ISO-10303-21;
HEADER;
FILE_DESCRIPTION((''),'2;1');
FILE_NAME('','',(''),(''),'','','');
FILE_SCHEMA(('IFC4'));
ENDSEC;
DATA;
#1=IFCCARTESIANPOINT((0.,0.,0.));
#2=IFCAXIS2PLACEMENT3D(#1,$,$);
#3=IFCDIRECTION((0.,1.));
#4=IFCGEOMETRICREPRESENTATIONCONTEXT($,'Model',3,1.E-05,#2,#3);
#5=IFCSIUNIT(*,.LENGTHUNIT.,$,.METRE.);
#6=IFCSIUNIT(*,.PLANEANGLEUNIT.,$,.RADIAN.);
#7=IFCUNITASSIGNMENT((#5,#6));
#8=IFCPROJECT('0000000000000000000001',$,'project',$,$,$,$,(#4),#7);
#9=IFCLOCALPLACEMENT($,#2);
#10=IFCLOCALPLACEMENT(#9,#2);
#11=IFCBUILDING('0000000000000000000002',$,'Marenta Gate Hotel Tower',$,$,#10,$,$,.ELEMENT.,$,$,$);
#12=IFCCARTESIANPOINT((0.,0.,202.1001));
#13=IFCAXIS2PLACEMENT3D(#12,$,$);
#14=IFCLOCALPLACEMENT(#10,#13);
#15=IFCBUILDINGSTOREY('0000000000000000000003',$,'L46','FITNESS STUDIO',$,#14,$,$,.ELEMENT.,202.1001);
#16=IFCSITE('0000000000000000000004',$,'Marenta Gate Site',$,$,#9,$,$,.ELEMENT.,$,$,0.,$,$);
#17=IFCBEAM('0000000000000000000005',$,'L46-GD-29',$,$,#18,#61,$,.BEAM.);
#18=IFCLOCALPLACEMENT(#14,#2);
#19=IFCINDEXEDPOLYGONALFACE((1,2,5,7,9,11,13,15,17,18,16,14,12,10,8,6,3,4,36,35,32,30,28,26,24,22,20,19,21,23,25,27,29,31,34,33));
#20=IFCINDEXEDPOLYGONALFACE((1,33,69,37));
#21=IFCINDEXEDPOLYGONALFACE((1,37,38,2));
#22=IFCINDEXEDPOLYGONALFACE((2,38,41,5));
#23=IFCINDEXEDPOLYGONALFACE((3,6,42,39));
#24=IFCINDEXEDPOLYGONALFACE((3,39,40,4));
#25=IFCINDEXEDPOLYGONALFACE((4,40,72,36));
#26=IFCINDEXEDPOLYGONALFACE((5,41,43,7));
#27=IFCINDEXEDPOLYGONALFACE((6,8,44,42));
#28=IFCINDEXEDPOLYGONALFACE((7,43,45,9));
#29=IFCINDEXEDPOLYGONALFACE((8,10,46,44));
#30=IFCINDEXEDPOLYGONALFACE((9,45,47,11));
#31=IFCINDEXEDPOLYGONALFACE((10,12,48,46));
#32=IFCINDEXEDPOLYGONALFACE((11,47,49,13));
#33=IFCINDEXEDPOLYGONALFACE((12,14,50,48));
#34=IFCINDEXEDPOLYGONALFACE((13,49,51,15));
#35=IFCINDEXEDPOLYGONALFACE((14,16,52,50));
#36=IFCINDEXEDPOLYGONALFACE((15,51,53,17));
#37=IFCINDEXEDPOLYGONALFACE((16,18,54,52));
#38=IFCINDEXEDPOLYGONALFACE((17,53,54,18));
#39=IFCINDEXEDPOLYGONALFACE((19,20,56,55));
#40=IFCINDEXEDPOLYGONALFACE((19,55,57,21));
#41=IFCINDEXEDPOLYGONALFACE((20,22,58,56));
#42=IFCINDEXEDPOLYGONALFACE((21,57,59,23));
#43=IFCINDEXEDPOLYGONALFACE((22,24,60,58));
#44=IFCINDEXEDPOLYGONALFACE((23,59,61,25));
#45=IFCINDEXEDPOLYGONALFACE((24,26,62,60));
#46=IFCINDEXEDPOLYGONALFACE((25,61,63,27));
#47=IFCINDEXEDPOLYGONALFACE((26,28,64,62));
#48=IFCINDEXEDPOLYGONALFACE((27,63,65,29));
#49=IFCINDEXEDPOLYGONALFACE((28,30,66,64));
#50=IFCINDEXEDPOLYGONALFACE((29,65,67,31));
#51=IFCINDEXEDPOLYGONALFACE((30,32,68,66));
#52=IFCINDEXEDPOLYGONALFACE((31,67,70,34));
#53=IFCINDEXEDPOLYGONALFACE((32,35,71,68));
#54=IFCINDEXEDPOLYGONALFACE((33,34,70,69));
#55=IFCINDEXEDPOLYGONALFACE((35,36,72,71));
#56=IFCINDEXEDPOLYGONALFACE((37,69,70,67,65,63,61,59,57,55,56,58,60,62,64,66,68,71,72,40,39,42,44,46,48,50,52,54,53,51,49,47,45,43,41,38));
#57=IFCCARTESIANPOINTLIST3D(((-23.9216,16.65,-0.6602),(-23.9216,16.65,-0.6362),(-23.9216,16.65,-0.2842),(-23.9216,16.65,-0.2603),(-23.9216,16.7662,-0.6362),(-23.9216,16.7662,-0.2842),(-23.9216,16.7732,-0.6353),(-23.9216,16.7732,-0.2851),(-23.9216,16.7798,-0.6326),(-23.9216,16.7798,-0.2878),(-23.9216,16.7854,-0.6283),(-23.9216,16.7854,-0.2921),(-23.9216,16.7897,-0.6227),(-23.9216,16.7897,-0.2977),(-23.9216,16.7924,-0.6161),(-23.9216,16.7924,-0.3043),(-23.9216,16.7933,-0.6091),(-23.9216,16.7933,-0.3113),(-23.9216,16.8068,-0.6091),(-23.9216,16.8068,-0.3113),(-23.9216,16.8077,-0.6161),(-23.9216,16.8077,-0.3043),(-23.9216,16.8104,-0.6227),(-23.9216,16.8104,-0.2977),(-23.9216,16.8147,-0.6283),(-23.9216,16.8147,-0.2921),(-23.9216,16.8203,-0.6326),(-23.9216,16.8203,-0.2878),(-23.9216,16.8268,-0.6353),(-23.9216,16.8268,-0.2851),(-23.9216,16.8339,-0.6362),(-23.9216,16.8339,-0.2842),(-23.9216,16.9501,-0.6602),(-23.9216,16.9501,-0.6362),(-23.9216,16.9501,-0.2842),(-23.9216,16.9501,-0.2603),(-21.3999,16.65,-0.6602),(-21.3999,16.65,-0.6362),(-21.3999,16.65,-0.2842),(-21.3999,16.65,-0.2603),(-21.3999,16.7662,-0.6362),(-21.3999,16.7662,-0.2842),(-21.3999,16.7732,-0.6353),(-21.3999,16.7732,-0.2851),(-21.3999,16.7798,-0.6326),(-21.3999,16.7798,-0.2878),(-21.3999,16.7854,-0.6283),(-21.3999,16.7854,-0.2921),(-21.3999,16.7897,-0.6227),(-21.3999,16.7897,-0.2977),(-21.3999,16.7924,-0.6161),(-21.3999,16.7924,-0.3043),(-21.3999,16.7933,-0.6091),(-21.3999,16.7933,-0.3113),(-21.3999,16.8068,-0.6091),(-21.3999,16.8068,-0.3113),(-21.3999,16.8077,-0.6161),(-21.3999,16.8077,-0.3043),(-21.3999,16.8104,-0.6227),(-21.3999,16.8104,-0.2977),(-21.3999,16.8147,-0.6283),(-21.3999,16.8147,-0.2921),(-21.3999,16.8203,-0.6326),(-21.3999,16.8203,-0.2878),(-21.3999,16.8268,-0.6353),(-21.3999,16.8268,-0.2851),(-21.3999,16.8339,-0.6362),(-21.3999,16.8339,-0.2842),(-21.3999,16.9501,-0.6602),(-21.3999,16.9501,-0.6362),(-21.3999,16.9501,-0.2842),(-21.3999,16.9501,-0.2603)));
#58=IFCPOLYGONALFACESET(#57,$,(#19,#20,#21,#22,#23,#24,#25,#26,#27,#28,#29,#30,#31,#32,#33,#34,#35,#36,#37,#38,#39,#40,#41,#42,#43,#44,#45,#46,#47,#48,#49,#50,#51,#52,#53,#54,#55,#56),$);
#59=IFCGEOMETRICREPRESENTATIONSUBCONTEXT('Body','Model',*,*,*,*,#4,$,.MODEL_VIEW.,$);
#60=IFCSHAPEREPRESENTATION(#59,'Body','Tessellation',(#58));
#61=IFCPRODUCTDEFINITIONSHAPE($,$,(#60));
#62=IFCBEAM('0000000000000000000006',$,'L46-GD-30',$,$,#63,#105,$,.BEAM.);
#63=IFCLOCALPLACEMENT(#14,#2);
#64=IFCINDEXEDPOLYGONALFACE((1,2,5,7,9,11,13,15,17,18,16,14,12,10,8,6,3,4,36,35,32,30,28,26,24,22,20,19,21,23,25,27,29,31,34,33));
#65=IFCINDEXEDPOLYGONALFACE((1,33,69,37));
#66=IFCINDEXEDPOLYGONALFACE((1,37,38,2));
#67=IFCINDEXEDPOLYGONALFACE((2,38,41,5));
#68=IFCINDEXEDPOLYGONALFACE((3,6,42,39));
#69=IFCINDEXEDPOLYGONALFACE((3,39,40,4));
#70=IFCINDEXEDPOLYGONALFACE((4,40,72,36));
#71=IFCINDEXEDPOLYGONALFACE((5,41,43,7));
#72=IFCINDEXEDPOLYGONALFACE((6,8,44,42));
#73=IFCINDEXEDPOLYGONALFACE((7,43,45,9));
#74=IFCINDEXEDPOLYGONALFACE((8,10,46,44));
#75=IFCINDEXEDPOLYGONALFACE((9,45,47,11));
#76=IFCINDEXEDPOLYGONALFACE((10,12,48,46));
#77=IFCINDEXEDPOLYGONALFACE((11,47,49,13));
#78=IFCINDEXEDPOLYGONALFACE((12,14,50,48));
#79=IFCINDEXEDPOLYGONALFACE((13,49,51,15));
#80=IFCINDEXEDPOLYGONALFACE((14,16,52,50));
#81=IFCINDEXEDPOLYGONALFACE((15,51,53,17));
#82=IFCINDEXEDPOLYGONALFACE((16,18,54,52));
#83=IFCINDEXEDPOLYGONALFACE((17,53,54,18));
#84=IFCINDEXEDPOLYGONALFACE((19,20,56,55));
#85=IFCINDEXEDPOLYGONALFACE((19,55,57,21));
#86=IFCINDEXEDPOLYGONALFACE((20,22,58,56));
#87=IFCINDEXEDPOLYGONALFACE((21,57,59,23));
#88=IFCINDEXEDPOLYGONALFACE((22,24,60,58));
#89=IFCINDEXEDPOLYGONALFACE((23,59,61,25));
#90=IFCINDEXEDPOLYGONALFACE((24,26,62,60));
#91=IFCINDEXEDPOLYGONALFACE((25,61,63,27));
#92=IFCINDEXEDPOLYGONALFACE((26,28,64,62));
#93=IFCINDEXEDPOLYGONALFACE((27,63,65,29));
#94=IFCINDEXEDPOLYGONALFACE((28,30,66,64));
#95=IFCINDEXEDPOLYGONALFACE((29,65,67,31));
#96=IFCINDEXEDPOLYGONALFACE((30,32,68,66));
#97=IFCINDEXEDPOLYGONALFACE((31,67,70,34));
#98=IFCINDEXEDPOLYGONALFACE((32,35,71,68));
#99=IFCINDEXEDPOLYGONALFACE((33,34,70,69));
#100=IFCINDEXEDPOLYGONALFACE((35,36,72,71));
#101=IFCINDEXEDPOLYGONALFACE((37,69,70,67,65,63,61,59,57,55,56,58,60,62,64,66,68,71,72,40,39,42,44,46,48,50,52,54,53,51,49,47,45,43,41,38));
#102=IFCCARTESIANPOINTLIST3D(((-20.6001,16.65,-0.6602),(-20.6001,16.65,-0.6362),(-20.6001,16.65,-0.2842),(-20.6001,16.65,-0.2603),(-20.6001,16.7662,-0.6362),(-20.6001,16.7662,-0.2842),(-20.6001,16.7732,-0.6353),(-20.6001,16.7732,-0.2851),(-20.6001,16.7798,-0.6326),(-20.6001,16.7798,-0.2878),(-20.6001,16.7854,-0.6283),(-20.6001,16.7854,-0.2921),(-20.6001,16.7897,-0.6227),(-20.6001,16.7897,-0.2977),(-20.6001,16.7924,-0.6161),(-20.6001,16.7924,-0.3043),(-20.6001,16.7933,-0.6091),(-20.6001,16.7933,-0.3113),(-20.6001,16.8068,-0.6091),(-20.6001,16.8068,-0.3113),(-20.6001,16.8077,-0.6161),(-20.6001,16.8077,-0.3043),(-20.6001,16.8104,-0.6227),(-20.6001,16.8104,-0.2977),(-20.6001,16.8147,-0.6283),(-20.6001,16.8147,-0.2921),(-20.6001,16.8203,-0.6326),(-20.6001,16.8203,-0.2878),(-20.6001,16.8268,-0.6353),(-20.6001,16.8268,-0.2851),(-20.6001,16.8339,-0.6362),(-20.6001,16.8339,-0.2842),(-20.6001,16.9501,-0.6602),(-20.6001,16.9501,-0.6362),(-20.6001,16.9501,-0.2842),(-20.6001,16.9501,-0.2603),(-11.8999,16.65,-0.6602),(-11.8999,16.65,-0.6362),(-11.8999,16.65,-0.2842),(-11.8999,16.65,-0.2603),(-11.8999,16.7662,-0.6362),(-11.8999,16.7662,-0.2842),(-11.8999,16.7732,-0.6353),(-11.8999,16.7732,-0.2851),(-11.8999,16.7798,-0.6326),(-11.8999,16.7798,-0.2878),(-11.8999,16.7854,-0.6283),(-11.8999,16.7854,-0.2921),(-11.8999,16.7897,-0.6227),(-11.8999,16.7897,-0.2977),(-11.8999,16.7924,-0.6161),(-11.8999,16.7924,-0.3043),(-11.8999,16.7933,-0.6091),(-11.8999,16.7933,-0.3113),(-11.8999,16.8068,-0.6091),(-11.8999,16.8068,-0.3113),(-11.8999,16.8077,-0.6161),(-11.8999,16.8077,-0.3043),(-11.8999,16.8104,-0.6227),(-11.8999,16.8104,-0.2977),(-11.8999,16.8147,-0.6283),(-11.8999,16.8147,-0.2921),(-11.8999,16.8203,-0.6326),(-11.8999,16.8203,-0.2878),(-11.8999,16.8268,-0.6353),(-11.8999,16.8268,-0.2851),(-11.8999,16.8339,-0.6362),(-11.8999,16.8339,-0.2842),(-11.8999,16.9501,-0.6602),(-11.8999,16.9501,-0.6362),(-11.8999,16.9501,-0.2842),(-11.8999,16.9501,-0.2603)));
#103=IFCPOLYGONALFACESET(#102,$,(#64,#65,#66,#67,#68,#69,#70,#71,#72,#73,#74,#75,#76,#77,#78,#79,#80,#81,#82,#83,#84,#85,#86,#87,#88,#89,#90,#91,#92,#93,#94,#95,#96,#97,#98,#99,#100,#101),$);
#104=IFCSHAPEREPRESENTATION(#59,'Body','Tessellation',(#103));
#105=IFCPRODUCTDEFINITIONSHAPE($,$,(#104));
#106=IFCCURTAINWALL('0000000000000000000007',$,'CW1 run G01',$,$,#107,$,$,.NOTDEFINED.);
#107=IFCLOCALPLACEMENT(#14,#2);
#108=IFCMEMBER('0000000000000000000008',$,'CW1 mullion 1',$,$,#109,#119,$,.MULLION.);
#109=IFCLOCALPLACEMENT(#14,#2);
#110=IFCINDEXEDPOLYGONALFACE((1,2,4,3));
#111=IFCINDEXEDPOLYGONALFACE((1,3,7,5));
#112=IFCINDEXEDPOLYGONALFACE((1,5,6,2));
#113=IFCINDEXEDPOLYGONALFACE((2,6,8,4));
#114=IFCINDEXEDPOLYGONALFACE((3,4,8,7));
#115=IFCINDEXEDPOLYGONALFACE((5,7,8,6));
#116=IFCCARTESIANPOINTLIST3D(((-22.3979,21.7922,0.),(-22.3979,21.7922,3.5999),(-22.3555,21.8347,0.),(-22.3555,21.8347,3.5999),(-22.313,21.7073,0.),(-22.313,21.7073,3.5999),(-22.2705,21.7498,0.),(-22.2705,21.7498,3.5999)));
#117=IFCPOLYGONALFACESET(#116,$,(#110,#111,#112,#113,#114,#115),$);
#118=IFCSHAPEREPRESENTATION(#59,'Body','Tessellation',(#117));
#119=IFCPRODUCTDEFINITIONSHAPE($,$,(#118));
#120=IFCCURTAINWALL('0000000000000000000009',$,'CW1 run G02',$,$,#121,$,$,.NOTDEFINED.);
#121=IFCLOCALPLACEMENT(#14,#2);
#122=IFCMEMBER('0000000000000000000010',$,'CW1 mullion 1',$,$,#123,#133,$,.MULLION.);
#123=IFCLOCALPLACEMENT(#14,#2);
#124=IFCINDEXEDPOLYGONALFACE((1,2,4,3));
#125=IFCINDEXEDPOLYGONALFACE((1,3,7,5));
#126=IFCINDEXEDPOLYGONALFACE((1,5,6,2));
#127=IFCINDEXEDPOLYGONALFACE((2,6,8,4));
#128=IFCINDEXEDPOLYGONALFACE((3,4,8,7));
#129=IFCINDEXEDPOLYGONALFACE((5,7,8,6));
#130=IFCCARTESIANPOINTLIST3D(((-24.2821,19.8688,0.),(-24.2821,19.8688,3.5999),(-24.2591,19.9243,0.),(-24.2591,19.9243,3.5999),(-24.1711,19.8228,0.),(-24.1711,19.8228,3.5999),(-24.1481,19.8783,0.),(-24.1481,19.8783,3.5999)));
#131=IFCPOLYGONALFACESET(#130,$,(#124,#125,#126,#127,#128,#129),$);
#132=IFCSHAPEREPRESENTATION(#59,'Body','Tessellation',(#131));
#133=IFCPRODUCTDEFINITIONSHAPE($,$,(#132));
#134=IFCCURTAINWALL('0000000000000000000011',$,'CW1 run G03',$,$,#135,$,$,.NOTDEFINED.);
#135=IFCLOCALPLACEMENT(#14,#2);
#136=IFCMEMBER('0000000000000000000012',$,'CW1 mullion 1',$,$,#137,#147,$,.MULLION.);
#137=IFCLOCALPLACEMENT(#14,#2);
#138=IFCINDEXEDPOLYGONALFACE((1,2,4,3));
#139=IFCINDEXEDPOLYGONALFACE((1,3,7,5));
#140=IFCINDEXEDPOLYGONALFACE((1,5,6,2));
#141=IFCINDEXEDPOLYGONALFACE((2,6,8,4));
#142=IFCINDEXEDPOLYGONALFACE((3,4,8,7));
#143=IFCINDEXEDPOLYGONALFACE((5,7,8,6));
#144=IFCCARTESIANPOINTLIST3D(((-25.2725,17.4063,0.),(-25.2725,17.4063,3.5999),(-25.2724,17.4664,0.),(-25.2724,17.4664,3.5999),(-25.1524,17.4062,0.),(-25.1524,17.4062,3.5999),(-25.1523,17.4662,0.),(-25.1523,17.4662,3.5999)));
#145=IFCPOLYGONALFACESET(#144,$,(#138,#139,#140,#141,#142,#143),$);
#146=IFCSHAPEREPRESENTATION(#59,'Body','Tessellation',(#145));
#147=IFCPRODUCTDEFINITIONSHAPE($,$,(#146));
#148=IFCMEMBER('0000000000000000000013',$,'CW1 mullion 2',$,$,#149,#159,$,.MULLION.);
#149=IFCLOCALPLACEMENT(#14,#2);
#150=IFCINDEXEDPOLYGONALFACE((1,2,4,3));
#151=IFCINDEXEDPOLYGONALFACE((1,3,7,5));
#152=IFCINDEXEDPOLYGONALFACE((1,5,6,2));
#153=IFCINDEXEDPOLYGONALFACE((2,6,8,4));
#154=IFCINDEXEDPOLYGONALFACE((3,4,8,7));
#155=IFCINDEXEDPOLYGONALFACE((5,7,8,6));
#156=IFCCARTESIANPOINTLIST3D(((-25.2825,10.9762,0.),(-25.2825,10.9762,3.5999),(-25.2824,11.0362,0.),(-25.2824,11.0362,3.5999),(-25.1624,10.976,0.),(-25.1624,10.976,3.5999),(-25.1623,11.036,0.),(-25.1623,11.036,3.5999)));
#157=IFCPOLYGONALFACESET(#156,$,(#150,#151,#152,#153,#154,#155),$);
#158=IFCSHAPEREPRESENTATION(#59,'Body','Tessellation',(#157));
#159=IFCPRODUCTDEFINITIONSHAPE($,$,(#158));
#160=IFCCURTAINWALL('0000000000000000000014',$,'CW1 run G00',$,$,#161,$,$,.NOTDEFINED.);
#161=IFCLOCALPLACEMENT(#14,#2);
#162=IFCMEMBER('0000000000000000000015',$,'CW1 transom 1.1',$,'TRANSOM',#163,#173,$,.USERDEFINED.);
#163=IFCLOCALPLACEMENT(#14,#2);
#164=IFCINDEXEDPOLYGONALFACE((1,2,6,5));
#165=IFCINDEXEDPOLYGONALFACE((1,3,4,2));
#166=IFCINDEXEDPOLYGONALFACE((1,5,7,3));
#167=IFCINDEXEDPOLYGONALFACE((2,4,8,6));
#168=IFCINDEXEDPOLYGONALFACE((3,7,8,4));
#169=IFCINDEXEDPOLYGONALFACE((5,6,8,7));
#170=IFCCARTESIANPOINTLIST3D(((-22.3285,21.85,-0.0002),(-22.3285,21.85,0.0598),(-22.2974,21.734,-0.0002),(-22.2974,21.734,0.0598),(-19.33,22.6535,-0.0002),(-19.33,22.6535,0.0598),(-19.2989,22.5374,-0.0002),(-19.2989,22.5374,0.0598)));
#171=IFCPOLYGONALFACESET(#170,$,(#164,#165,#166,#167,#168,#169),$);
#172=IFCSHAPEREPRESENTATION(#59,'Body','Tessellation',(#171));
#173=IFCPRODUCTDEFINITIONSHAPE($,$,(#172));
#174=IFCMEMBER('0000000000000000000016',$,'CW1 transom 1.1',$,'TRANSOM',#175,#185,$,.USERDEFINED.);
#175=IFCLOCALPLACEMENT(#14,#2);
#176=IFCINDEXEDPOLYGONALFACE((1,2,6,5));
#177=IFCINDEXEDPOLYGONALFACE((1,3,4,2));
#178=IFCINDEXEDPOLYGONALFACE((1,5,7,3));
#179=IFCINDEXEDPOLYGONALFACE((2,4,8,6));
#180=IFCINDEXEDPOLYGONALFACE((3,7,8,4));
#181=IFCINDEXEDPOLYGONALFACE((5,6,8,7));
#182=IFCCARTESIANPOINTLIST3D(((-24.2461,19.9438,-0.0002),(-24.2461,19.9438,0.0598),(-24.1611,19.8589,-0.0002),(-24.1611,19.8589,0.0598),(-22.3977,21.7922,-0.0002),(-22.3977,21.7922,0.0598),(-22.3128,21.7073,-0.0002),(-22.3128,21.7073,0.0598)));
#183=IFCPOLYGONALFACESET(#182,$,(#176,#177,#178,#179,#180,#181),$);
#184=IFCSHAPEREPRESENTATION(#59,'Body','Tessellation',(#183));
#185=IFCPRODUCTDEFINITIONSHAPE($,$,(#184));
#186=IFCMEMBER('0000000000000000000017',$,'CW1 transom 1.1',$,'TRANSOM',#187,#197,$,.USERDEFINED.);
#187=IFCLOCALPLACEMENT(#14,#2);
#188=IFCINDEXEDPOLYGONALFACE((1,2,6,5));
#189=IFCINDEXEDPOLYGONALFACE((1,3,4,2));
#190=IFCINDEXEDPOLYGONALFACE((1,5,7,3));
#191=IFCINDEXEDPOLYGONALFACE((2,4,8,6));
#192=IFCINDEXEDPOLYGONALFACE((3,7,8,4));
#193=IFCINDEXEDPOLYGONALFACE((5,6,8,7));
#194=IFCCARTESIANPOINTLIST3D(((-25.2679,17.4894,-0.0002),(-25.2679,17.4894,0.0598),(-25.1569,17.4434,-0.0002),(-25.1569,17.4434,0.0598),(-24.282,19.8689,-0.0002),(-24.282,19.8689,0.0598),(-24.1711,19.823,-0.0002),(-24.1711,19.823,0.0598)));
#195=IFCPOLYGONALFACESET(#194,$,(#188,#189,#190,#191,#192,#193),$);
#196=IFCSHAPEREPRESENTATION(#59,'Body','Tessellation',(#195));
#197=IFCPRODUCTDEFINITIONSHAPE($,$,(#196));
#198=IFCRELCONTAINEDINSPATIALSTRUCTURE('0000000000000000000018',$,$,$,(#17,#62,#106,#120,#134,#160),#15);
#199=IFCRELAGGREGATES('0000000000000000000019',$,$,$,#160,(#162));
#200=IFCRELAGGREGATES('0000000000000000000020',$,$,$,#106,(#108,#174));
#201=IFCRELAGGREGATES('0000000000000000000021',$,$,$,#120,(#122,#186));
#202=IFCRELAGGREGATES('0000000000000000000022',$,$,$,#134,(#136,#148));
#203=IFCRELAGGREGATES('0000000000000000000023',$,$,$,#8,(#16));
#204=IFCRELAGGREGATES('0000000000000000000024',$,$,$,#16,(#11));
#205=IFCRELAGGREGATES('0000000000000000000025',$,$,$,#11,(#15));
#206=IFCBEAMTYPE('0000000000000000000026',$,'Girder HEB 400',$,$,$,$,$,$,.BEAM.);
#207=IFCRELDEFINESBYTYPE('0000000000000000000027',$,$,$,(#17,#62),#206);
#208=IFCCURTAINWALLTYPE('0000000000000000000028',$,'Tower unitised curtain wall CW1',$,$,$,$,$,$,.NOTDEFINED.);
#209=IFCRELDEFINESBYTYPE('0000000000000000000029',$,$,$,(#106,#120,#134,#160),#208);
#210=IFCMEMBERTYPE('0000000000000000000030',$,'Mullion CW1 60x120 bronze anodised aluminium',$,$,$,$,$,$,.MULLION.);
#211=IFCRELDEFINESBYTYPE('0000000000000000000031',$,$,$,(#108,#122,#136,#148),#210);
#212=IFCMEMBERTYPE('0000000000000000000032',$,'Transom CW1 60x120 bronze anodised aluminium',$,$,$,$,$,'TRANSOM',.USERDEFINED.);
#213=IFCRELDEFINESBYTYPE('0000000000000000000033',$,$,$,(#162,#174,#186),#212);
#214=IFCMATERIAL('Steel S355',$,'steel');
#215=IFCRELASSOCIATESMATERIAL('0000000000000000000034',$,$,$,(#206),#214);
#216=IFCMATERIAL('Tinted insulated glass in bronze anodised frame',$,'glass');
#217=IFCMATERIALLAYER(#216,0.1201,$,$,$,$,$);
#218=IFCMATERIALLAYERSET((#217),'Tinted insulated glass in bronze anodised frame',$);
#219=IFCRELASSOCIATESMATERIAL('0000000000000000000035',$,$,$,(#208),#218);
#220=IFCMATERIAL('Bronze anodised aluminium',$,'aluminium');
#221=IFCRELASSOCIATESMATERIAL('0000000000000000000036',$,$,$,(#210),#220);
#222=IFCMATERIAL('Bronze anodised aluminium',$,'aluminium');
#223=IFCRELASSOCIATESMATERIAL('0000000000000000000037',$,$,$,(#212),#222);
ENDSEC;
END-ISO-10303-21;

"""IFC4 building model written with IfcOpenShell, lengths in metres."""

from ifc_helpers import new_model, si_unit, direction, frame, origin, origin_2d, place, context, subcontext, project, spatial, rectangle, i_section, extrude, material, layer, layer_set, material_profile, profile_set, type_object, element, aggregate, save


model = new_model("IFC4")

# Units and contexts
model_context = context("Model", 3, precision=1e-05, world=origin(), true_north=direction((0.0, 1.0)))
body_context = subcontext(model_context, "Body", "Model", "MODEL_VIEW")
ifc_project = project(units=[si_unit("LENGTHUNIT", "METRE"), si_unit("PLANEANGLEUNIT", "RADIAN")], contexts=[model_context])

# Site, building, storey
site_placement = place(None, origin())
site = spatial("IfcSite", under=ifc_project, at=site_placement, Name="Marenta Gate Site", CompositionType="ELEMENT", RefElevation=0.0)
building_placement = place(site_placement, origin())
building = spatial("IfcBuilding", under=site, at=building_placement, Name="Marenta Gate Hotel Tower", CompositionType="ELEMENT")
storey_placement = place(building_placement, frame((0.0, 0.0, 202.1001)))
storey = spatial("IfcBuildingStorey", under=building, at=storey_placement, Name="L46", Description="FITNESS STUDIO", CompositionType="ELEMENT", Elevation=202.1001)

# Beams
ifc_material_1 = material(Name="Steel S355", Category="steel")
ifc_material_profile_1 = material_profile(ifc_material_1, i_section(OverallWidth=0.3, OverallDepth=0.3999, WebThickness=0.0134, FlangeThickness=0.0239, FilletRadius=0.0271, at=origin_2d()), Name="HEB 400")
ifc_profile_set_1 = profile_set([ifc_material_profile_1], Name="Steel S355")
beam_type_1 = type_object("IfcBeamType", Name="Girder HEB 400", PredefinedType="BEAM", material=ifc_profile_set_1)
beam_1_placement = place(storey_placement, frame((-23.9216, 16.8, -0.4602), z_axis=(1.0, 0.0, 0.0), x_axis=(0.0, 1.0, 0.0)))
element("IfcBeam", 1, at=beam_1_placement, inside=storey, type_object=beam_type_1, Name="L46-GD-29", PredefinedType="BEAM", context=body_context, shape_type="SweptSolid", body=[
    extrude(i_section(OverallWidth=0.3, OverallDepth=0.3999, WebThickness=0.0134, FlangeThickness=0.0239, FilletRadius=0.0271, at=origin_2d()), origin(), (0.0, 0.0, 1.0), 2.5217),
])
beam_2_placement = place(storey_placement, frame((-20.6001, 16.8, -0.4602), z_axis=(1.0, 0.0, 0.0), x_axis=(0.0, 1.0, 0.0)))
element("IfcBeam", 2, at=beam_2_placement, inside=storey, type_object=beam_type_1, Name="L46-GD-30", PredefinedType="BEAM", context=body_context, shape_type="SweptSolid", body=[
    extrude(i_section(OverallWidth=0.3, OverallDepth=0.3999, WebThickness=0.0134, FlangeThickness=0.0239, FilletRadius=0.0271, at=origin_2d()), origin(), (0.0, 0.0, 1.0), 8.7002),
])

# Curtain walls, members
ifc_material_2 = material(Name="Tinted insulated glass in bronze anodised frame", Category="glass")
ifc_layer_1 = layer(ifc_material_2, 0.1201)
ifc_layer_set_1 = layer_set([ifc_layer_1], Name="Tinted insulated glass in bronze anodised frame")
curtain_wall_type = type_object("IfcCurtainWallType", Name="Tower unitised curtain wall CW1", PredefinedType="NOTDEFINED", material=ifc_layer_set_1)
curtain_wall_1_placement = place(storey_placement, origin())
curtain_wall_1 = element("IfcCurtainWall", 3, at=curtain_wall_1_placement, inside=storey, type_object=curtain_wall_type, Name="CW1 run G01", PredefinedType="NOTDEFINED")
ifc_material_3 = material(Name="Bronze anodised aluminium", Category="aluminium")
ifc_material_profile_2 = material_profile(ifc_material_3, rectangle(XDim=0.1201, YDim=0.0601, at=origin_2d()), Name="Mullion CW1 60x120 bronze anodised aluminium")
ifc_profile_set_2 = profile_set([ifc_material_profile_2], Name="Bronze anodised aluminium")
member_type_1 = type_object("IfcMemberType", Name="Mullion CW1 60x120 bronze anodised aluminium", PredefinedType="MULLION", material=ifc_profile_set_2)
member_1_placement = place(storey_placement, frame((-22.3342, 21.771, 0.0), z_axis=(0.0, 0.0, 1.0), x_axis=(0.707107, -0.707107, 0.0)))
member_1 = element("IfcMember", 4, at=member_1_placement, type_object=member_type_1, Name="CW1 mullion 1", PredefinedType="MULLION", context=body_context, shape_type="SweptSolid", body=[
    extrude(rectangle(XDim=0.1201, YDim=0.0601, at=origin_2d()), origin(), (0.0, 0.0, 1.0), 3.5999),
])
curtain_wall_2_placement = place(storey_placement, origin())
curtain_wall_2 = element("IfcCurtainWall", 5, at=curtain_wall_2_placement, inside=storey, type_object=curtain_wall_type, Name="CW1 run G02", PredefinedType="NOTDEFINED")
member_2_placement = place(storey_placement, frame((-24.2151, 19.8735, 0.0), z_axis=(0.0, 0.0, 1.0), x_axis=(0.923886, -0.382667, 0.0)))
member_2 = element("IfcMember", 6, at=member_2_placement, type_object=member_type_1, Name="CW1 mullion 1", PredefinedType="MULLION", context=body_context, shape_type="SweptSolid", body=[
    extrude(rectangle(XDim=0.1201, YDim=0.0601, at=origin_2d()), origin(), (0.0, 0.0, 1.0), 3.5999),
])

# Curtain wall, members
curtain_wall_3_placement = place(storey_placement, origin())
curtain_wall_3 = element("IfcCurtainWall", 7, at=curtain_wall_3_placement, inside=storey, type_object=curtain_wall_type, Name="CW1 run G03", PredefinedType="NOTDEFINED")
member_3_placement = place(storey_placement, frame((-25.2124, 17.4363, 0.0), z_axis=(0.0, 0.0, 1.0), x_axis=(0.999999, -0.001566, 0.0)))
member_3 = element("IfcMember", 8, at=member_3_placement, type_object=member_type_1, Name="CW1 mullion 1", PredefinedType="MULLION", context=body_context, shape_type="SweptSolid", body=[
    extrude(rectangle(XDim=0.1201, YDim=0.0601, at=origin_2d()), origin(), (0.0, 0.0, 1.0), 3.5999),
])
member_4_placement = place(storey_placement, frame((-25.2224, 11.0061, 0.0), z_axis=(0.0, 0.0, 1.0), x_axis=(0.999999, -0.001566, 0.0)))
member_4 = element("IfcMember", 9, at=member_4_placement, type_object=member_type_1, Name="CW1 mullion 2", PredefinedType="MULLION", context=body_context, shape_type="SweptSolid", body=[
    extrude(rectangle(XDim=0.1201, YDim=0.0601, at=origin_2d()), origin(), (0.0, 0.0, 1.0), 3.5999),
])

# Curtain wall, member
curtain_wall_4_placement = place(storey_placement, origin())
curtain_wall_4 = element("IfcCurtainWall", 10, at=curtain_wall_4_placement, inside=storey, type_object=curtain_wall_type, Name="CW1 run G00", PredefinedType="NOTDEFINED")
ifc_material_4 = material(Name="Bronze anodised aluminium", Category="aluminium")
ifc_material_profile_3 = material_profile(ifc_material_4, rectangle(XDim=0.1201, YDim=0.0601, at=origin_2d()), Name="Transom CW1 60x120 bronze anodised aluminium")
ifc_profile_set_3 = profile_set([ifc_material_profile_3], Name="Bronze anodised aluminium")
member_type_2 = type_object("IfcMemberType", Name="Transom CW1 60x120 bronze anodised aluminium", ElementType="TRANSOM", PredefinedType="USERDEFINED", material=ifc_profile_set_3)
member_5_placement = place(storey_placement, frame((-19.3145, 22.5955, 0.0298), z_axis=(-0.965925, -0.258823, 0.0), x_axis=(0.258823, -0.965925, 0.0)))
member_5 = element("IfcMember", 11, at=member_5_placement, type_object=member_type_2, Name="CW1 transom 1.1", ObjectType="TRANSOM", PredefinedType="USERDEFINED", context=body_context, shape_type="SweptSolid", body=[
    extrude(rectangle(XDim=0.1201, YDim=0.0601, at=origin_2d()), origin(), (0.0, 0.0, 1.0), 3.1042),
])

# Members
member_6_placement = place(storey_placement, frame((-22.3552, 21.7498, 0.0298), z_axis=(-0.707107, -0.707107, 0.0), x_axis=(0.707107, -0.707107, 0.0)))
member_6 = element("IfcMember", 12, at=member_6_placement, type_object=member_type_2, Name="CW1 transom 1.1", ObjectType="TRANSOM", PredefinedType="USERDEFINED", context=body_context, shape_type="SweptSolid", body=[
    extrude(rectangle(XDim=0.1201, YDim=0.0601, at=origin_2d()), origin(), (0.0, 0.0, 1.0), 2.614),
])
member_7_placement = place(storey_placement, frame((-24.2266, 19.8459, 0.0298), z_axis=(-0.382737, -0.923857, 0.0), x_axis=(0.923857, -0.382737, 0.0)))
member_7 = element("IfcMember", 13, at=member_7_placement, type_object=member_type_2, Name="CW1 transom 1.1", ObjectType="TRANSOM", PredefinedType="USERDEFINED", context=body_context, shape_type="SweptSolid", body=[
    extrude(rectangle(XDim=0.1201, YDim=0.0601, at=origin_2d()), origin(), (0.0, 0.0, 1.0), 2.5757),
])

aggregate(curtain_wall_4, [member_5])
aggregate(curtain_wall_1, [member_1, member_6])
aggregate(curtain_wall_2, [member_2, member_7])
aggregate(curtain_wall_3, [member_3, member_4])

save(model, "model.ifc")
